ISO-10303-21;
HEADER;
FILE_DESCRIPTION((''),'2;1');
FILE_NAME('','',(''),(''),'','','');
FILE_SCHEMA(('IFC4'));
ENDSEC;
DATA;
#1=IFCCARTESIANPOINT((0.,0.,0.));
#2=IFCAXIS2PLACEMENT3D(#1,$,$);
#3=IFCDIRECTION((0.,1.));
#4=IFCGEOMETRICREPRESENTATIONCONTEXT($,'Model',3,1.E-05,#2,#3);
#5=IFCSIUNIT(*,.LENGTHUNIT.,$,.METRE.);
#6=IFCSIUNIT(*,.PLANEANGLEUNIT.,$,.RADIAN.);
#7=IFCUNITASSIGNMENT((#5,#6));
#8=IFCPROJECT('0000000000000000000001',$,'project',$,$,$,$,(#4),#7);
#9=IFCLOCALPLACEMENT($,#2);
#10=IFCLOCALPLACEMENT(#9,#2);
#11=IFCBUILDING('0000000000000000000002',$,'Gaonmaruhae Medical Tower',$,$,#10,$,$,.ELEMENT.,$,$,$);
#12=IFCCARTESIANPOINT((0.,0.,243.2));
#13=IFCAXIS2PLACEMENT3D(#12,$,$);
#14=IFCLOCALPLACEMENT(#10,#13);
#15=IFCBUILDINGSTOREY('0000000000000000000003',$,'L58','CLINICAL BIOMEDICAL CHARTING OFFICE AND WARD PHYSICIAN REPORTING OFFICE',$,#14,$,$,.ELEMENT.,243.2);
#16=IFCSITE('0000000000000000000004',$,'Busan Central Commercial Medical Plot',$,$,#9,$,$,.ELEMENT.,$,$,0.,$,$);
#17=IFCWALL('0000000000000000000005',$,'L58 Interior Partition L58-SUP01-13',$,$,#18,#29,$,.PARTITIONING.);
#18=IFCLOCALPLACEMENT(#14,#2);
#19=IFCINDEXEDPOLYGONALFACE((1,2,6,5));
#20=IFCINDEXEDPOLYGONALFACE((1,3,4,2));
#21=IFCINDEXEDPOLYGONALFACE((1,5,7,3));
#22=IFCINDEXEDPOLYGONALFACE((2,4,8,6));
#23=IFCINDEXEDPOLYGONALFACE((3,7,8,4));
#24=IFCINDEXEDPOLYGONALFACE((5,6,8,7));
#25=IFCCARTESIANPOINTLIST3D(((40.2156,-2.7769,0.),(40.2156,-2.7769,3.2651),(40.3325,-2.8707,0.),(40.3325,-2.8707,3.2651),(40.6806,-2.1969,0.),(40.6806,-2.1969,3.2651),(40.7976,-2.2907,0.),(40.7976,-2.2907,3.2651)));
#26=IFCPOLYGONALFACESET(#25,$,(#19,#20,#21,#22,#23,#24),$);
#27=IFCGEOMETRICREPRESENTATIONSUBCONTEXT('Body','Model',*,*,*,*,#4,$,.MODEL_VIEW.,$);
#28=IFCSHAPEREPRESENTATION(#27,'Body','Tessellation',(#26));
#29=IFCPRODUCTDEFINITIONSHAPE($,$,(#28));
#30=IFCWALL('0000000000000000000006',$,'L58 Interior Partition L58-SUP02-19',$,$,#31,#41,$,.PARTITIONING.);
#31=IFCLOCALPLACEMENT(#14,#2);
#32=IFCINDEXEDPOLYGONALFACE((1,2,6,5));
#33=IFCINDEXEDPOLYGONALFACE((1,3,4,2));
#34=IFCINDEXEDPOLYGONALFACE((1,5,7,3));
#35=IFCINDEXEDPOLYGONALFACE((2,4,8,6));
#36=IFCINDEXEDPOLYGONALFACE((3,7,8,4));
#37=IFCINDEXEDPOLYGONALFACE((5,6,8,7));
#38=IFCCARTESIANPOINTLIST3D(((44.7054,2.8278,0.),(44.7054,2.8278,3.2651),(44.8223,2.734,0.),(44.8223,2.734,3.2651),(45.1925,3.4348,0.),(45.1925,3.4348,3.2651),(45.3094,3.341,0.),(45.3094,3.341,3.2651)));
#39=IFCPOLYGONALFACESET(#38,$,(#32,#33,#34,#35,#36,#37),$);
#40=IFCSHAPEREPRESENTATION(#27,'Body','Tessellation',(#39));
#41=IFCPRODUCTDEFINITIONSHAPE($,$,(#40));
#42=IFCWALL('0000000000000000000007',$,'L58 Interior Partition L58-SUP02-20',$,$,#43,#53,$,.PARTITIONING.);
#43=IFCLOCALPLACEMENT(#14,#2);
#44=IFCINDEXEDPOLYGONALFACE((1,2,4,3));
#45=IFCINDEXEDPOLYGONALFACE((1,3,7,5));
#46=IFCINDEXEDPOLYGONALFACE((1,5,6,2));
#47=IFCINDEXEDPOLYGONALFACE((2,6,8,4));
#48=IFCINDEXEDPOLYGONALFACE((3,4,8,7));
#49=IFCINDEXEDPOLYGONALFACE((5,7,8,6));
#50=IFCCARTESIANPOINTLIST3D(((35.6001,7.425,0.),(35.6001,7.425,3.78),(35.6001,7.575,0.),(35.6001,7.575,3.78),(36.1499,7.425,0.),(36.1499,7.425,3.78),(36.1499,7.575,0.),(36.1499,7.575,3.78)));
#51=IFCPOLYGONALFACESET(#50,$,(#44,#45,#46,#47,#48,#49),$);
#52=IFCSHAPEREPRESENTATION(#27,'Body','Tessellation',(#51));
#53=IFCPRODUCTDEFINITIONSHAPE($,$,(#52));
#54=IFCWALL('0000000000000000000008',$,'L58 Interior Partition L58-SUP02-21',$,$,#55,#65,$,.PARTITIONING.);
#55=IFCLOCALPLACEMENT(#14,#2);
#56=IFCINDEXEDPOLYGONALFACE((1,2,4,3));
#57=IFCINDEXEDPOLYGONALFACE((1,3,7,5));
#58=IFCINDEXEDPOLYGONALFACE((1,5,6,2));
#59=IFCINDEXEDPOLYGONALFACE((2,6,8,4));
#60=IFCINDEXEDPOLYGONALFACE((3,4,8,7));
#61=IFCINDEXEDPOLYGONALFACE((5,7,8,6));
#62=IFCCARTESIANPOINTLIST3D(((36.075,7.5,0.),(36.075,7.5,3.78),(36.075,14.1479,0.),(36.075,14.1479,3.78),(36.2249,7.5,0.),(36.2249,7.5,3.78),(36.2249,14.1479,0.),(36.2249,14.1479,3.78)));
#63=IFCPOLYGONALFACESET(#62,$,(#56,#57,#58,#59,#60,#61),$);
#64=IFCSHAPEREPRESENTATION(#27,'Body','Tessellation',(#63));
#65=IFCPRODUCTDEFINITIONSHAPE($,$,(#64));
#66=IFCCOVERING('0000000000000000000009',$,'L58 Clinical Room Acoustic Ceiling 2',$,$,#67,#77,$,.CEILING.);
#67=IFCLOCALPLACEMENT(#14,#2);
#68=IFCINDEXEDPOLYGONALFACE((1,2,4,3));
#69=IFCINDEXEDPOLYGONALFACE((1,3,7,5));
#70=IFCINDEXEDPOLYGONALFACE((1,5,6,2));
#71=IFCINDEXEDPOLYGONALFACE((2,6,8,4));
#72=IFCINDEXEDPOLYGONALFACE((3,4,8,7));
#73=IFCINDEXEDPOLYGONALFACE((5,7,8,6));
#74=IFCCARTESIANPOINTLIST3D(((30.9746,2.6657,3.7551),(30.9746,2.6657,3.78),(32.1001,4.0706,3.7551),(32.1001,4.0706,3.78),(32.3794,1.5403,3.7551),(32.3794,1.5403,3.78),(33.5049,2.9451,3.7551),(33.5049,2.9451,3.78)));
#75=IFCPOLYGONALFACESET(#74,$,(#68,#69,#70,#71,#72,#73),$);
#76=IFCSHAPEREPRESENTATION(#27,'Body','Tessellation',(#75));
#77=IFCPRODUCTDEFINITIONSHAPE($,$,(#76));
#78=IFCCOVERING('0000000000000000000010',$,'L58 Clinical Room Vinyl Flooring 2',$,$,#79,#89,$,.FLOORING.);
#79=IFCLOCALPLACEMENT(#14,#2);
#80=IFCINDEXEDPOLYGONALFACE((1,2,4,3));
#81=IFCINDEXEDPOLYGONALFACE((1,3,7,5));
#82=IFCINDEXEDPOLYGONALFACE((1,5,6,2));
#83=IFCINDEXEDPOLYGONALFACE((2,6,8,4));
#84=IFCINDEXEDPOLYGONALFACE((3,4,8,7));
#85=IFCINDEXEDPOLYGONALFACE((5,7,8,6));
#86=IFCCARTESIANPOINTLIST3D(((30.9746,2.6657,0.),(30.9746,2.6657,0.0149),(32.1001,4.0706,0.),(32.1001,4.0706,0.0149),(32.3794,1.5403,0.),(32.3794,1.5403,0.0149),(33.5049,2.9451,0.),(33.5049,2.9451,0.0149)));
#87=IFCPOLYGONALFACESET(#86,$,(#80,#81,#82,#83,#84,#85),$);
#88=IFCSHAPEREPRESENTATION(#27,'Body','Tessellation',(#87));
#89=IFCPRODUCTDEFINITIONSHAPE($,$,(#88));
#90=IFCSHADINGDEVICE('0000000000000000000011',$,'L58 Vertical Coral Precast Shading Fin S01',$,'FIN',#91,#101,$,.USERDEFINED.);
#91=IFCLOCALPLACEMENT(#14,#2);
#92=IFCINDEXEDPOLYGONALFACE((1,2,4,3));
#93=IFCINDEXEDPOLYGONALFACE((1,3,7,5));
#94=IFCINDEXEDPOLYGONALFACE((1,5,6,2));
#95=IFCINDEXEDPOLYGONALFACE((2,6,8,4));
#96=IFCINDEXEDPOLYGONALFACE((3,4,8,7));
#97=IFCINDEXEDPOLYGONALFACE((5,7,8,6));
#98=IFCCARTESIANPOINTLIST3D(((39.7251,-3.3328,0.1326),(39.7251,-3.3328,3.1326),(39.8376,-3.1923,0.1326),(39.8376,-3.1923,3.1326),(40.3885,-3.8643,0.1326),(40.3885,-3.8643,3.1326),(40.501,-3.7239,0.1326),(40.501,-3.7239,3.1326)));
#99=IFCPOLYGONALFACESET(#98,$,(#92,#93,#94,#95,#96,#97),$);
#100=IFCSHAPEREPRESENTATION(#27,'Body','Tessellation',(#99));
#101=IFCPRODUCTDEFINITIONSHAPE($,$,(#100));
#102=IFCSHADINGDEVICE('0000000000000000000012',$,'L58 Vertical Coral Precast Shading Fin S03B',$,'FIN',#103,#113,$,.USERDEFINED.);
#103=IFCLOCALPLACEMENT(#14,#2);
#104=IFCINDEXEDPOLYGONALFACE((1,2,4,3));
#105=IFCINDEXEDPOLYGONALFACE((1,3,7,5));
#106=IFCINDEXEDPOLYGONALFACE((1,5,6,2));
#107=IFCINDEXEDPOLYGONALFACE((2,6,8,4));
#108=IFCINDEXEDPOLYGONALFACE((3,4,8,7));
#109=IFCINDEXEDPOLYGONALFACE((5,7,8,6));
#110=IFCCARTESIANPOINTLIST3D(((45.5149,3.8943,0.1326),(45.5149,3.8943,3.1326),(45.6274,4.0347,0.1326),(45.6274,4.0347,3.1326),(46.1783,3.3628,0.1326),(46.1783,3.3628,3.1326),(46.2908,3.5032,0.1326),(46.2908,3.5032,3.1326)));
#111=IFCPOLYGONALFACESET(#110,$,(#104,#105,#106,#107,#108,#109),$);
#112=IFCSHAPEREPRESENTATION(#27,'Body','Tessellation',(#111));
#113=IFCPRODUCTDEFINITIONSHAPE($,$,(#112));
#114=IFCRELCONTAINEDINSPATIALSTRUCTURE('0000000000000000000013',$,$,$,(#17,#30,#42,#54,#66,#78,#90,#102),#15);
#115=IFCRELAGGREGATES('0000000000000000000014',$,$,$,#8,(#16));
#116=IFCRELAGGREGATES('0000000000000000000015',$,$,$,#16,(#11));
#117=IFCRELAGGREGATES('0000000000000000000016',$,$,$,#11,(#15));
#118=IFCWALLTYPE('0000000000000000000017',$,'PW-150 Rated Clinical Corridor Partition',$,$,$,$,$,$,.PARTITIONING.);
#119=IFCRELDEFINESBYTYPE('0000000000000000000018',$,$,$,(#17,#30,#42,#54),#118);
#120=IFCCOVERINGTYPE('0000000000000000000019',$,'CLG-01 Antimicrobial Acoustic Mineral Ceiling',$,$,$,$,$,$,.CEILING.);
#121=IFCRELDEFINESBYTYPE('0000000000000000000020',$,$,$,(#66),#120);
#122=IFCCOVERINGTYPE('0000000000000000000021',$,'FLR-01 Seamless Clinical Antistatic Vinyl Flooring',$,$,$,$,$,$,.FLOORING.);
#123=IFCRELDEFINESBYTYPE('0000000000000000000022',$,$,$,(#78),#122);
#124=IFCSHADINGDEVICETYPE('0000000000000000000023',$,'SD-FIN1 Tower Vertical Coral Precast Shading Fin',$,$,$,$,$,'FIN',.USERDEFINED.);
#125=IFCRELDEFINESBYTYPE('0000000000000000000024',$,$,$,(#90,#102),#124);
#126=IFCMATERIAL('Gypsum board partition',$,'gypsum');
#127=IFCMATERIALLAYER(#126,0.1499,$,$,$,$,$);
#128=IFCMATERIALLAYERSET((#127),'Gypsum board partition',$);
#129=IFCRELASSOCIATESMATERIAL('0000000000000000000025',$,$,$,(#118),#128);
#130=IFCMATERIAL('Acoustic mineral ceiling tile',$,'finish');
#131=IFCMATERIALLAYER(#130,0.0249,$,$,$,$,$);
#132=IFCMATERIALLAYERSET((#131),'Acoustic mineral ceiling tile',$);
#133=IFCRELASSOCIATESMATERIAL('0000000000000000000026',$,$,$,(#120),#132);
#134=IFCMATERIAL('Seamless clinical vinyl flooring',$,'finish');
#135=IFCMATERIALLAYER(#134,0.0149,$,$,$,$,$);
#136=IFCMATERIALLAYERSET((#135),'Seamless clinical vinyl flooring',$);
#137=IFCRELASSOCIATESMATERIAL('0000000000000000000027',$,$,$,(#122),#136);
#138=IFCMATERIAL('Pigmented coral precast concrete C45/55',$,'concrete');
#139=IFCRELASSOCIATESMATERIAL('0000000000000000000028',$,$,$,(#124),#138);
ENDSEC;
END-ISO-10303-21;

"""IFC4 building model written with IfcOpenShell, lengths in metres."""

from ifc_helpers import new_model, si_unit, direction, frame, frame_2d, origin, origin_2d, place, context, subcontext, project, spatial, rectangle, extrude, material, layer, layer_set, type_object, element, save


model = new_model("IFC4")

# Units and contexts
model_context = context("Model", 3, precision=1e-05, world=origin(), true_north=direction((0.0, 1.0)))
body_context = subcontext(model_context, "Body", "Model", "MODEL_VIEW")
ifc_project = project(units=[si_unit("LENGTHUNIT", "METRE"), si_unit("PLANEANGLEUNIT", "RADIAN")], contexts=[model_context])

# Site, building, storey
site_placement = place(None, origin())
site = spatial("IfcSite", under=ifc_project, at=site_placement, Name="Busan Central Commercial Medical Plot", CompositionType="ELEMENT", RefElevation=0.0)
building_placement = place(site_placement, origin())
building = spatial("IfcBuilding", under=site, at=building_placement, Name="Gaonmaruhae Medical Tower", CompositionType="ELEMENT")
storey_placement = place(building_placement, frame((0.0, 0.0, 243.2)))
storey = spatial("IfcBuildingStorey", under=building, at=storey_placement, Name="L58", Description="CLINICAL BIOMEDICAL CHARTING OFFICE AND WARD PHYSICIAN REPORTING OFFICE", CompositionType="ELEMENT", Elevation=243.2)

# Walls
ifc_material_1 = material(Name="Gypsum board partition", Category="gypsum")
ifc_layer_1 = layer(ifc_material_1, 0.1499)
ifc_layer_set_1 = layer_set([ifc_layer_1], Name="Gypsum board partition")
wall_type_1 = type_object("IfcWallType", Name="PW-150 Rated Clinical Corridor Partition", PredefinedType="PARTITIONING", material=ifc_layer_set_1)
wall_1_placement = place(storey_placement, frame((40.739, -2.2439, 0.0), z_axis=(0.0, 0.0, 1.0), x_axis=(-0.625536, -0.780196, 0.0)))
element("IfcWall", 1, at=wall_1_placement, inside=storey, type_object=wall_type_1, Name="L58 Interior Partition L58-SUP01-13", PredefinedType="PARTITIONING", context=body_context, shape_type="SweptSolid", body=[
    extrude(rectangle(XDim=0.7434, YDim=0.1499, at=frame_2d((0.3716, 0.0))), origin(), (0.0, 0.0, 1.0), 3.2651),
])
wall_2_placement = place(storey_placement, frame((45.251, 3.3879, 0.0), z_axis=(0.0, 0.0, 1.0), x_axis=(-0.62588, -0.779919, 0.0)))
element("IfcWall", 2, at=wall_2_placement, inside=storey, type_object=wall_type_1, Name="L58 Interior Partition L58-SUP02-19", PredefinedType="PARTITIONING", context=body_context, shape_type="SweptSolid", body=[
    extrude(rectangle(XDim=0.7783, YDim=0.1499, at=frame_2d((0.3892, 0.0))), origin(), (0.0, 0.0, 1.0), 3.2651),
])
wall_3_placement = place(storey_placement, frame((35.6001, 7.5, 0.0), z_axis=(0.0, 0.0, 1.0), x_axis=(1.0, 0.0, 0.0)))
element("IfcWall", 3, at=wall_3_placement, inside=storey, type_object=wall_type_1, Name="L58 Interior Partition L58-SUP02-20", PredefinedType="PARTITIONING", context=body_context, shape_type="SweptSolid", body=[
    extrude(rectangle(XDim=0.5498, YDim=0.1499, at=frame_2d((0.2749, 0.0))), origin(), (0.0, 0.0, 1.0), 3.78),
])
wall_4_placement = place(storey_placement, frame((36.1499, 7.5, 0.0), z_axis=(0.0, 0.0, 1.0), x_axis=(0.0, 1.0, 0.0)))
element("IfcWall", 4, at=wall_4_placement, inside=storey, type_object=wall_type_1, Name="L58 Interior Partition L58-SUP02-21", PredefinedType="PARTITIONING", context=body_context, shape_type="SweptSolid", body=[
    extrude(rectangle(XDim=6.6479, YDim=0.1499, at=frame_2d((3.324, 0.0))), origin(), (0.0, 0.0, 1.0), 3.78),
])

# Coverings
ifc_material_2 = material(Name="Acoustic mineral ceiling tile", Category="finish")
ifc_layer_2 = layer(ifc_material_2, 0.0249)
ifc_layer_set_2 = layer_set([ifc_layer_2], Name="Acoustic mineral ceiling tile")
covering_type_1 = type_object("IfcCoveringType", Name="CLG-01 Antimicrobial Acoustic Mineral Ceiling", PredefinedType="CEILING", material=ifc_layer_set_2)
covering_1_placement = place(storey_placement, frame((32.2397, 2.8054, 3.7551), z_axis=(0.0, 0.0, 1.0), x_axis=(0.625243, 0.78043, 0.0)))
element("IfcCovering", 5, at=covering_1_placement, inside=storey, type_object=covering_type_1, Name="L58 Clinical Room Acoustic Ceiling 2", PredefinedType="CEILING", context=body_context, shape_type="SweptSolid", body=[
    extrude(rectangle(XDim=1.8, YDim=1.8, at=origin_2d()), origin(), (0.0, 0.0, 1.0), 0.0249),
])
ifc_material_3 = material(Name="Seamless clinical vinyl flooring", Category="finish")
ifc_layer_3 = layer(ifc_material_3, 0.0149)
ifc_layer_set_3 = layer_set([ifc_layer_3], Name="Seamless clinical vinyl flooring")
covering_type_2 = type_object("IfcCoveringType", Name="FLR-01 Seamless Clinical Antistatic Vinyl Flooring", PredefinedType="FLOORING", material=ifc_layer_set_3)
covering_2_placement = place(storey_placement, frame((32.2397, 2.8054, 0.0), z_axis=(0.0, 0.0, 1.0), x_axis=(0.625243, 0.78043, 0.0)))
element("IfcCovering", 6, at=covering_2_placement, inside=storey, type_object=covering_type_2, Name="L58 Clinical Room Vinyl Flooring 2", PredefinedType="FLOORING", context=body_context, shape_type="SweptSolid", body=[
    extrude(rectangle(XDim=1.8, YDim=1.8, at=origin_2d()), origin(), (0.0, 0.0, 1.0), 0.0149),
])

# Shading devices
ifc_material_4 = material(Name="Pigmented coral precast concrete C45/55", Category="concrete")
shading_device_type = type_object("IfcShadingDeviceType", Name="SD-FIN1 Tower Vertical Coral Precast Shading Fin", ElementType="FIN", PredefinedType="USERDEFINED", material=ifc_material_4)
for number, where, z_axis, x_axis, name in (
    (7, (40.113, -3.5283, 0.1326), (0.0, 0.0, 1.0), (-0.625243, -0.78043, 0.0), "L58 Vertical Coral Precast Shading Fin S01"),
    (8, (45.9028, 3.6987, 0.1326), (0.0, 0.0, 1.0), (-0.625229, -0.780441, 0.0), "L58 Vertical Coral Precast Shading Fin S03B"),
):
    element("IfcShadingDevice", number, at=place(storey_placement, frame(where, z_axis=z_axis, x_axis=x_axis)), inside=storey, type_object=shading_device_type, Name=name, ObjectType="FIN", PredefinedType="USERDEFINED", context=body_context, shape_type="SweptSolid", body=[
        extrude(rectangle(XDim=0.1799, YDim=0.8501, at=origin_2d()), origin(), (0.0, 0.0, 1.0), 3.0),
    ])

save(model, "model.ifc")
